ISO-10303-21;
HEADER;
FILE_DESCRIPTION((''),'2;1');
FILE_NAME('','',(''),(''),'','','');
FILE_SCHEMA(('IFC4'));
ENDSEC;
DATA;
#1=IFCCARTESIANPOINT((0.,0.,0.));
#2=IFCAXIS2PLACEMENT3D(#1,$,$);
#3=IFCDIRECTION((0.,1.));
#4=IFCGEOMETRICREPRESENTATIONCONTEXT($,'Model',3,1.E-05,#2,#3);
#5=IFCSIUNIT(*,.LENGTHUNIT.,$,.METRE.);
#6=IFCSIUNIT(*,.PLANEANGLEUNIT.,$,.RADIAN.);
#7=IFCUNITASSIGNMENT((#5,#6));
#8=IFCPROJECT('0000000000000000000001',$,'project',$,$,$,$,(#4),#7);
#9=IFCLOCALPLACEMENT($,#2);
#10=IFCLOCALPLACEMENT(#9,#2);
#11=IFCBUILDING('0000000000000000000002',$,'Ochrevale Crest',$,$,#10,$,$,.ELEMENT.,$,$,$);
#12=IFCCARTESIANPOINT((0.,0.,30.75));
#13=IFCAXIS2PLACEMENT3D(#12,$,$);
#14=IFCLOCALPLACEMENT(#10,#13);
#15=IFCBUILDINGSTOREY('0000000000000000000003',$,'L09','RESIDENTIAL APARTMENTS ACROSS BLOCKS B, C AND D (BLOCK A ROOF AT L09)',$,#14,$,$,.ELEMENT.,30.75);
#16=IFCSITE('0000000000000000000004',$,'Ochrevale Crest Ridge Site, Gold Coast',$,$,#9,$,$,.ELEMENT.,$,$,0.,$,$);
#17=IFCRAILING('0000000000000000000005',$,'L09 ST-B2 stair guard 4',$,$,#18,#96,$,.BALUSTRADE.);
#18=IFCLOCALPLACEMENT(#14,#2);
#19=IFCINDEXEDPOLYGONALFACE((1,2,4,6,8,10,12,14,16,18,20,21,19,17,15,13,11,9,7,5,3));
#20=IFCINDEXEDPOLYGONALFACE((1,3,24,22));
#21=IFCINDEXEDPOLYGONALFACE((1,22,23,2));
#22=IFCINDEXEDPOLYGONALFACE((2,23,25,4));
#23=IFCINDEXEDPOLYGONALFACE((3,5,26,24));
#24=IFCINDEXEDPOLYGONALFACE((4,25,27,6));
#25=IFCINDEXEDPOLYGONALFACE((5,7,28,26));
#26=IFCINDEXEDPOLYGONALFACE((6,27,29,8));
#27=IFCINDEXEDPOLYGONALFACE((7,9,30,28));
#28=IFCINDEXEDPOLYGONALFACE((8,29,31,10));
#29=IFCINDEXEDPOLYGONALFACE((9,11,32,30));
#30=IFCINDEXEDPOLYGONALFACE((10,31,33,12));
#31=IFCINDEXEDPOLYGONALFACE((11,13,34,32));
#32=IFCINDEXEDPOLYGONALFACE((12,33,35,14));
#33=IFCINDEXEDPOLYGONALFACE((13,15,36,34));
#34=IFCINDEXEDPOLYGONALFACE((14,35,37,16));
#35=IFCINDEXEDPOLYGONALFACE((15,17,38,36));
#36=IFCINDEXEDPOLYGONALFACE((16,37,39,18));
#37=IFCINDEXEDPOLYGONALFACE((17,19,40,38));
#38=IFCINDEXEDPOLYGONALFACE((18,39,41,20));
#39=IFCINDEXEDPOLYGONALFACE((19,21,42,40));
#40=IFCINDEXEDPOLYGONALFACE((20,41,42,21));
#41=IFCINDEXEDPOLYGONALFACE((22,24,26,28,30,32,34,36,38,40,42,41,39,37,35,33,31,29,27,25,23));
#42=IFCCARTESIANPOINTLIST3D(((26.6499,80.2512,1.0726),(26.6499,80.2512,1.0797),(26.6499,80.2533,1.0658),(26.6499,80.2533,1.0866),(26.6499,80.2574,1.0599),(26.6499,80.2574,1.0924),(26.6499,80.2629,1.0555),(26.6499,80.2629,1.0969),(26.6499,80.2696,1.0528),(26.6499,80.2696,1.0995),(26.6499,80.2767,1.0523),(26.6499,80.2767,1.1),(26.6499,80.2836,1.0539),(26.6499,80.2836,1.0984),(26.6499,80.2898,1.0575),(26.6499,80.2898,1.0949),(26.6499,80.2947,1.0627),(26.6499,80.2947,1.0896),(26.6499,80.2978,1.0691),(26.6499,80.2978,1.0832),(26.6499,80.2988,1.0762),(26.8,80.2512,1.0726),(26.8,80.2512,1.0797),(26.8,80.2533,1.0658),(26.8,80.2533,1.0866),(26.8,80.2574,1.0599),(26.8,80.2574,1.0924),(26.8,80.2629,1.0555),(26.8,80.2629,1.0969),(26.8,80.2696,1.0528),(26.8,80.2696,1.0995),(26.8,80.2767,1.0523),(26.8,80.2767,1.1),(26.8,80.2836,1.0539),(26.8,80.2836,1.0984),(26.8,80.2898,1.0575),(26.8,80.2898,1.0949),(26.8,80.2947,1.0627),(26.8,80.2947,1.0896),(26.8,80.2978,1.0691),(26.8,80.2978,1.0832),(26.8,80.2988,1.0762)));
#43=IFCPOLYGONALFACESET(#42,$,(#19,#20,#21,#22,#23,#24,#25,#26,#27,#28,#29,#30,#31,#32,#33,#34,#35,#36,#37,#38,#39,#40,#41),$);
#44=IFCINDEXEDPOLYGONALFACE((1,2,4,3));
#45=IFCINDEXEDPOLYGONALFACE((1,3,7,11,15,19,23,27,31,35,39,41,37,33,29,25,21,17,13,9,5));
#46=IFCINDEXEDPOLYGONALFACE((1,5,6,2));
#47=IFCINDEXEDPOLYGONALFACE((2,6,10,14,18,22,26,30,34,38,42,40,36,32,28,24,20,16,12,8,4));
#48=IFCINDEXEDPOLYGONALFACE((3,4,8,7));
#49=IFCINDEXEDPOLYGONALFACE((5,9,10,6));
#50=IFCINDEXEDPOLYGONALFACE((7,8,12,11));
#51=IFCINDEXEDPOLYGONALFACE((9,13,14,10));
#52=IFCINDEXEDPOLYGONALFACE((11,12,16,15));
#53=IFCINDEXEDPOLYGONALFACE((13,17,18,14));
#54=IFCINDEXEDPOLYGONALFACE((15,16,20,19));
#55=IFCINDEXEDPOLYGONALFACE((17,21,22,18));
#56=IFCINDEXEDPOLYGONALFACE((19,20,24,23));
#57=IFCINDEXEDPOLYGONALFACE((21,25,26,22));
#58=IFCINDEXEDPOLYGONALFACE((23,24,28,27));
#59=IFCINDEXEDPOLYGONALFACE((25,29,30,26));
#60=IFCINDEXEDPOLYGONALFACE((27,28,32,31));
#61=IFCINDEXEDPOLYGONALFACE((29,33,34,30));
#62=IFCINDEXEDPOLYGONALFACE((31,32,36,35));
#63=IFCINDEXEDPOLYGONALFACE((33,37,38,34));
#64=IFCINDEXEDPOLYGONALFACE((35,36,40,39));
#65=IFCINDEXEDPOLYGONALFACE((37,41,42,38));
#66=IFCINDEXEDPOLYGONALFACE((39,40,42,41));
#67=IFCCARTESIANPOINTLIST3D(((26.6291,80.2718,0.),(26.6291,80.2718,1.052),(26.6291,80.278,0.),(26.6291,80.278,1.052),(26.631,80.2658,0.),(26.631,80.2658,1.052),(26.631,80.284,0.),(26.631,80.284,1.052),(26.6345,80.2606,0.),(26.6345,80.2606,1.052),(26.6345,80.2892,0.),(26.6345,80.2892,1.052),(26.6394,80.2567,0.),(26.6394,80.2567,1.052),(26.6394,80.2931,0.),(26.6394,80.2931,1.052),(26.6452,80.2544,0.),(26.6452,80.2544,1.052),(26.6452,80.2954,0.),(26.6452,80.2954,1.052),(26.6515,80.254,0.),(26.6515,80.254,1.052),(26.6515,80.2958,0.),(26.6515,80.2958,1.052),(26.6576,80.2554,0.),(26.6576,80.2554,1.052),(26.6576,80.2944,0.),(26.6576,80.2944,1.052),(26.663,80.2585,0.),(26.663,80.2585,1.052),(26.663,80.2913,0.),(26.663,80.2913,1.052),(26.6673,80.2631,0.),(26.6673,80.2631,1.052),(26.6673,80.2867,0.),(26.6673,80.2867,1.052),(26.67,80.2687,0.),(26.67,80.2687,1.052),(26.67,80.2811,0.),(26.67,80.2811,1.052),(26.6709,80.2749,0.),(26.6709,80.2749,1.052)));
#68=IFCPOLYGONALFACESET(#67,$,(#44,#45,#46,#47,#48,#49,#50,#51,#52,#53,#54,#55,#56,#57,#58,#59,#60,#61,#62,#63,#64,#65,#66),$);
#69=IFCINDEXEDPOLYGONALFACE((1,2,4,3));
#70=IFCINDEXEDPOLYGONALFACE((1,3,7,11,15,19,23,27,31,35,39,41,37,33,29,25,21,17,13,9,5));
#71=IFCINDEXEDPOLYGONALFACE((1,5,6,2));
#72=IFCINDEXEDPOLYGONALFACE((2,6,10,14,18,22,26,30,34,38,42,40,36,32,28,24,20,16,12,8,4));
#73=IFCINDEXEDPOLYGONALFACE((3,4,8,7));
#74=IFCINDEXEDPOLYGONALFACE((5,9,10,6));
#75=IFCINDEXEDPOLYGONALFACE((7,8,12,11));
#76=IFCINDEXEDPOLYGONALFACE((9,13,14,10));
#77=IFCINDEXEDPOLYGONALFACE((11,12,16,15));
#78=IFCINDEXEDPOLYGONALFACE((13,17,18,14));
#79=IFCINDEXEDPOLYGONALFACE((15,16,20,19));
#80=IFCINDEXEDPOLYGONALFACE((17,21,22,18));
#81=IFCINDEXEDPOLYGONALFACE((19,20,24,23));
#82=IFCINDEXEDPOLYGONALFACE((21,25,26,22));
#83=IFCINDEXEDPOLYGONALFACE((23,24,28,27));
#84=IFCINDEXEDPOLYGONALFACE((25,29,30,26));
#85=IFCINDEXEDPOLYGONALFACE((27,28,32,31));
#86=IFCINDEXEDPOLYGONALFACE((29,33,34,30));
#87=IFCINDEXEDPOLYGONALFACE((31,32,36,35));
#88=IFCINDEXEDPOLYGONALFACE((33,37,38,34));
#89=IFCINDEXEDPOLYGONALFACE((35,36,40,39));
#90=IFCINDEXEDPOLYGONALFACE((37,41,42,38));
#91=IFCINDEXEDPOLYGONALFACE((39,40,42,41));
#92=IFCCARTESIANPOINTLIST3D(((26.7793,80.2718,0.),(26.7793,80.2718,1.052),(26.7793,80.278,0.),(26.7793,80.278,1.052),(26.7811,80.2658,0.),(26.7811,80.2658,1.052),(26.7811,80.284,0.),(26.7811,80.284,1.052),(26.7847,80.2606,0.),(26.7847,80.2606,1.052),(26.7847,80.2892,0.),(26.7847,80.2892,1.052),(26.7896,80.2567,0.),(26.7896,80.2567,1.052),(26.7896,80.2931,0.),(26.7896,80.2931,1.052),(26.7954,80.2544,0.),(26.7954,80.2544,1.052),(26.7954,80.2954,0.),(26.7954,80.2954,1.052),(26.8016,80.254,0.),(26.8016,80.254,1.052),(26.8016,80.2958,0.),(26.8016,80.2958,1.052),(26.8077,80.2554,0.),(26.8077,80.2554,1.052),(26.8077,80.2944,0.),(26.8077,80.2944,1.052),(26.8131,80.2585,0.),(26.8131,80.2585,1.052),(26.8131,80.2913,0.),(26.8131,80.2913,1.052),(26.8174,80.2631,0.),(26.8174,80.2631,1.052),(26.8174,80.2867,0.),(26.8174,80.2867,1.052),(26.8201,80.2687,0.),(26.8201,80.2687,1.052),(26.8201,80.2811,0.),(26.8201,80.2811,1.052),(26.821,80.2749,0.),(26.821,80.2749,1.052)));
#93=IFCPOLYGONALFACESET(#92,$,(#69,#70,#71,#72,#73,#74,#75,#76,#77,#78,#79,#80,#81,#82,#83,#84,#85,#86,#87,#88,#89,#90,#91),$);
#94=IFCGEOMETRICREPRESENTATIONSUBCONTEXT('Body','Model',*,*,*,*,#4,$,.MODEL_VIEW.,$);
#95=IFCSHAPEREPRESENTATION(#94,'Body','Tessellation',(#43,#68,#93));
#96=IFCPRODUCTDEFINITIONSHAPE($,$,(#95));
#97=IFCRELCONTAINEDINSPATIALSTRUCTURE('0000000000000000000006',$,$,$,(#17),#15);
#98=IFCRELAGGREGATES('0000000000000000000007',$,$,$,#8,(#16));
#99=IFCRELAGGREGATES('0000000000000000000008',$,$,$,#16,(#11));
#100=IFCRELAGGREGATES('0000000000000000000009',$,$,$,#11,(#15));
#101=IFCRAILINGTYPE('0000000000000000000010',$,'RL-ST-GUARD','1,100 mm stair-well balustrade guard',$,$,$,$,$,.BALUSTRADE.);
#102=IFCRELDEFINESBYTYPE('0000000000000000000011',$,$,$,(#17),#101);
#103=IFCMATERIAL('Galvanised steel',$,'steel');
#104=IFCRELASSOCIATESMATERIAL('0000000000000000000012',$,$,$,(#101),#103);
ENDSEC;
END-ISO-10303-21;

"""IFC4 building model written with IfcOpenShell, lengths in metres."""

from ifc_helpers import new_model, si_unit, direction, frame, origin, origin_2d, place, context, subcontext, project, spatial, circle, extrude, material, type_object, element, save


model = new_model("IFC4")

# Units and contexts
model_context = context("Model", 3, precision=1e-05, world=origin(), true_north=direction((0.0, 1.0)))
body_context = subcontext(model_context, "Body", "Model", "MODEL_VIEW")
ifc_project = project(units=[si_unit("LENGTHUNIT", "METRE"), si_unit("PLANEANGLEUNIT", "RADIAN")], contexts=[model_context])

# Site, building, storey
site_placement = place(None, origin())
site = spatial("IfcSite", under=ifc_project, at=site_placement, Name="Ochrevale Crest Ridge Site, Gold Coast", CompositionType="ELEMENT", RefElevation=0.0)
building_placement = place(site_placement, origin())
building = spatial("IfcBuilding", under=site, at=building_placement, Name="Ochrevale Crest", CompositionType="ELEMENT")
storey_placement = place(building_placement, frame((0.0, 0.0, 30.75)))
storey = spatial("IfcBuildingStorey", under=building, at=storey_placement, Name="L09", Description="RESIDENTIAL APARTMENTS ACROSS BLOCKS B, C AND D (BLOCK A ROOF AT L09)", CompositionType="ELEMENT", Elevation=30.75)

# Railing
ifc_material_1 = material(Name="Galvanised steel", Category="steel")
railing_type_1 = type_object("IfcRailingType", Name="RL-ST-GUARD", Description="1,100 mm stair-well balustrade guard", PredefinedType="BALUSTRADE", material=ifc_material_1)
railing_1_placement = place(storey_placement, frame((26.6499, 80.2749, 0.0)))
element("IfcRailing", 1, at=railing_1_placement, inside=storey, type_object=railing_type_1, Name="L09 ST-B2 stair guard 4", PredefinedType="BALUSTRADE", context=body_context, shape_type="SweptSolid", body=[
    extrude(circle(Radius=0.0239, at=origin_2d()), frame((0.0, 0.0, 1.0762), z_axis=(1.0, 0.0, 0.0), x_axis=(0.0, 1.0, 0.0)), (0.0, 0.0, 1.0), 0.1501),
    extrude(circle(Radius=0.021, at=origin_2d()), origin(), (0.0, 0.0, 1.0), 1.052),
    extrude(circle(Radius=0.021, at=origin_2d()), frame((0.1501, 0.0, 0.0)), (0.0, 0.0, 1.0), 1.052),
])

save(model, "model.ifc")
